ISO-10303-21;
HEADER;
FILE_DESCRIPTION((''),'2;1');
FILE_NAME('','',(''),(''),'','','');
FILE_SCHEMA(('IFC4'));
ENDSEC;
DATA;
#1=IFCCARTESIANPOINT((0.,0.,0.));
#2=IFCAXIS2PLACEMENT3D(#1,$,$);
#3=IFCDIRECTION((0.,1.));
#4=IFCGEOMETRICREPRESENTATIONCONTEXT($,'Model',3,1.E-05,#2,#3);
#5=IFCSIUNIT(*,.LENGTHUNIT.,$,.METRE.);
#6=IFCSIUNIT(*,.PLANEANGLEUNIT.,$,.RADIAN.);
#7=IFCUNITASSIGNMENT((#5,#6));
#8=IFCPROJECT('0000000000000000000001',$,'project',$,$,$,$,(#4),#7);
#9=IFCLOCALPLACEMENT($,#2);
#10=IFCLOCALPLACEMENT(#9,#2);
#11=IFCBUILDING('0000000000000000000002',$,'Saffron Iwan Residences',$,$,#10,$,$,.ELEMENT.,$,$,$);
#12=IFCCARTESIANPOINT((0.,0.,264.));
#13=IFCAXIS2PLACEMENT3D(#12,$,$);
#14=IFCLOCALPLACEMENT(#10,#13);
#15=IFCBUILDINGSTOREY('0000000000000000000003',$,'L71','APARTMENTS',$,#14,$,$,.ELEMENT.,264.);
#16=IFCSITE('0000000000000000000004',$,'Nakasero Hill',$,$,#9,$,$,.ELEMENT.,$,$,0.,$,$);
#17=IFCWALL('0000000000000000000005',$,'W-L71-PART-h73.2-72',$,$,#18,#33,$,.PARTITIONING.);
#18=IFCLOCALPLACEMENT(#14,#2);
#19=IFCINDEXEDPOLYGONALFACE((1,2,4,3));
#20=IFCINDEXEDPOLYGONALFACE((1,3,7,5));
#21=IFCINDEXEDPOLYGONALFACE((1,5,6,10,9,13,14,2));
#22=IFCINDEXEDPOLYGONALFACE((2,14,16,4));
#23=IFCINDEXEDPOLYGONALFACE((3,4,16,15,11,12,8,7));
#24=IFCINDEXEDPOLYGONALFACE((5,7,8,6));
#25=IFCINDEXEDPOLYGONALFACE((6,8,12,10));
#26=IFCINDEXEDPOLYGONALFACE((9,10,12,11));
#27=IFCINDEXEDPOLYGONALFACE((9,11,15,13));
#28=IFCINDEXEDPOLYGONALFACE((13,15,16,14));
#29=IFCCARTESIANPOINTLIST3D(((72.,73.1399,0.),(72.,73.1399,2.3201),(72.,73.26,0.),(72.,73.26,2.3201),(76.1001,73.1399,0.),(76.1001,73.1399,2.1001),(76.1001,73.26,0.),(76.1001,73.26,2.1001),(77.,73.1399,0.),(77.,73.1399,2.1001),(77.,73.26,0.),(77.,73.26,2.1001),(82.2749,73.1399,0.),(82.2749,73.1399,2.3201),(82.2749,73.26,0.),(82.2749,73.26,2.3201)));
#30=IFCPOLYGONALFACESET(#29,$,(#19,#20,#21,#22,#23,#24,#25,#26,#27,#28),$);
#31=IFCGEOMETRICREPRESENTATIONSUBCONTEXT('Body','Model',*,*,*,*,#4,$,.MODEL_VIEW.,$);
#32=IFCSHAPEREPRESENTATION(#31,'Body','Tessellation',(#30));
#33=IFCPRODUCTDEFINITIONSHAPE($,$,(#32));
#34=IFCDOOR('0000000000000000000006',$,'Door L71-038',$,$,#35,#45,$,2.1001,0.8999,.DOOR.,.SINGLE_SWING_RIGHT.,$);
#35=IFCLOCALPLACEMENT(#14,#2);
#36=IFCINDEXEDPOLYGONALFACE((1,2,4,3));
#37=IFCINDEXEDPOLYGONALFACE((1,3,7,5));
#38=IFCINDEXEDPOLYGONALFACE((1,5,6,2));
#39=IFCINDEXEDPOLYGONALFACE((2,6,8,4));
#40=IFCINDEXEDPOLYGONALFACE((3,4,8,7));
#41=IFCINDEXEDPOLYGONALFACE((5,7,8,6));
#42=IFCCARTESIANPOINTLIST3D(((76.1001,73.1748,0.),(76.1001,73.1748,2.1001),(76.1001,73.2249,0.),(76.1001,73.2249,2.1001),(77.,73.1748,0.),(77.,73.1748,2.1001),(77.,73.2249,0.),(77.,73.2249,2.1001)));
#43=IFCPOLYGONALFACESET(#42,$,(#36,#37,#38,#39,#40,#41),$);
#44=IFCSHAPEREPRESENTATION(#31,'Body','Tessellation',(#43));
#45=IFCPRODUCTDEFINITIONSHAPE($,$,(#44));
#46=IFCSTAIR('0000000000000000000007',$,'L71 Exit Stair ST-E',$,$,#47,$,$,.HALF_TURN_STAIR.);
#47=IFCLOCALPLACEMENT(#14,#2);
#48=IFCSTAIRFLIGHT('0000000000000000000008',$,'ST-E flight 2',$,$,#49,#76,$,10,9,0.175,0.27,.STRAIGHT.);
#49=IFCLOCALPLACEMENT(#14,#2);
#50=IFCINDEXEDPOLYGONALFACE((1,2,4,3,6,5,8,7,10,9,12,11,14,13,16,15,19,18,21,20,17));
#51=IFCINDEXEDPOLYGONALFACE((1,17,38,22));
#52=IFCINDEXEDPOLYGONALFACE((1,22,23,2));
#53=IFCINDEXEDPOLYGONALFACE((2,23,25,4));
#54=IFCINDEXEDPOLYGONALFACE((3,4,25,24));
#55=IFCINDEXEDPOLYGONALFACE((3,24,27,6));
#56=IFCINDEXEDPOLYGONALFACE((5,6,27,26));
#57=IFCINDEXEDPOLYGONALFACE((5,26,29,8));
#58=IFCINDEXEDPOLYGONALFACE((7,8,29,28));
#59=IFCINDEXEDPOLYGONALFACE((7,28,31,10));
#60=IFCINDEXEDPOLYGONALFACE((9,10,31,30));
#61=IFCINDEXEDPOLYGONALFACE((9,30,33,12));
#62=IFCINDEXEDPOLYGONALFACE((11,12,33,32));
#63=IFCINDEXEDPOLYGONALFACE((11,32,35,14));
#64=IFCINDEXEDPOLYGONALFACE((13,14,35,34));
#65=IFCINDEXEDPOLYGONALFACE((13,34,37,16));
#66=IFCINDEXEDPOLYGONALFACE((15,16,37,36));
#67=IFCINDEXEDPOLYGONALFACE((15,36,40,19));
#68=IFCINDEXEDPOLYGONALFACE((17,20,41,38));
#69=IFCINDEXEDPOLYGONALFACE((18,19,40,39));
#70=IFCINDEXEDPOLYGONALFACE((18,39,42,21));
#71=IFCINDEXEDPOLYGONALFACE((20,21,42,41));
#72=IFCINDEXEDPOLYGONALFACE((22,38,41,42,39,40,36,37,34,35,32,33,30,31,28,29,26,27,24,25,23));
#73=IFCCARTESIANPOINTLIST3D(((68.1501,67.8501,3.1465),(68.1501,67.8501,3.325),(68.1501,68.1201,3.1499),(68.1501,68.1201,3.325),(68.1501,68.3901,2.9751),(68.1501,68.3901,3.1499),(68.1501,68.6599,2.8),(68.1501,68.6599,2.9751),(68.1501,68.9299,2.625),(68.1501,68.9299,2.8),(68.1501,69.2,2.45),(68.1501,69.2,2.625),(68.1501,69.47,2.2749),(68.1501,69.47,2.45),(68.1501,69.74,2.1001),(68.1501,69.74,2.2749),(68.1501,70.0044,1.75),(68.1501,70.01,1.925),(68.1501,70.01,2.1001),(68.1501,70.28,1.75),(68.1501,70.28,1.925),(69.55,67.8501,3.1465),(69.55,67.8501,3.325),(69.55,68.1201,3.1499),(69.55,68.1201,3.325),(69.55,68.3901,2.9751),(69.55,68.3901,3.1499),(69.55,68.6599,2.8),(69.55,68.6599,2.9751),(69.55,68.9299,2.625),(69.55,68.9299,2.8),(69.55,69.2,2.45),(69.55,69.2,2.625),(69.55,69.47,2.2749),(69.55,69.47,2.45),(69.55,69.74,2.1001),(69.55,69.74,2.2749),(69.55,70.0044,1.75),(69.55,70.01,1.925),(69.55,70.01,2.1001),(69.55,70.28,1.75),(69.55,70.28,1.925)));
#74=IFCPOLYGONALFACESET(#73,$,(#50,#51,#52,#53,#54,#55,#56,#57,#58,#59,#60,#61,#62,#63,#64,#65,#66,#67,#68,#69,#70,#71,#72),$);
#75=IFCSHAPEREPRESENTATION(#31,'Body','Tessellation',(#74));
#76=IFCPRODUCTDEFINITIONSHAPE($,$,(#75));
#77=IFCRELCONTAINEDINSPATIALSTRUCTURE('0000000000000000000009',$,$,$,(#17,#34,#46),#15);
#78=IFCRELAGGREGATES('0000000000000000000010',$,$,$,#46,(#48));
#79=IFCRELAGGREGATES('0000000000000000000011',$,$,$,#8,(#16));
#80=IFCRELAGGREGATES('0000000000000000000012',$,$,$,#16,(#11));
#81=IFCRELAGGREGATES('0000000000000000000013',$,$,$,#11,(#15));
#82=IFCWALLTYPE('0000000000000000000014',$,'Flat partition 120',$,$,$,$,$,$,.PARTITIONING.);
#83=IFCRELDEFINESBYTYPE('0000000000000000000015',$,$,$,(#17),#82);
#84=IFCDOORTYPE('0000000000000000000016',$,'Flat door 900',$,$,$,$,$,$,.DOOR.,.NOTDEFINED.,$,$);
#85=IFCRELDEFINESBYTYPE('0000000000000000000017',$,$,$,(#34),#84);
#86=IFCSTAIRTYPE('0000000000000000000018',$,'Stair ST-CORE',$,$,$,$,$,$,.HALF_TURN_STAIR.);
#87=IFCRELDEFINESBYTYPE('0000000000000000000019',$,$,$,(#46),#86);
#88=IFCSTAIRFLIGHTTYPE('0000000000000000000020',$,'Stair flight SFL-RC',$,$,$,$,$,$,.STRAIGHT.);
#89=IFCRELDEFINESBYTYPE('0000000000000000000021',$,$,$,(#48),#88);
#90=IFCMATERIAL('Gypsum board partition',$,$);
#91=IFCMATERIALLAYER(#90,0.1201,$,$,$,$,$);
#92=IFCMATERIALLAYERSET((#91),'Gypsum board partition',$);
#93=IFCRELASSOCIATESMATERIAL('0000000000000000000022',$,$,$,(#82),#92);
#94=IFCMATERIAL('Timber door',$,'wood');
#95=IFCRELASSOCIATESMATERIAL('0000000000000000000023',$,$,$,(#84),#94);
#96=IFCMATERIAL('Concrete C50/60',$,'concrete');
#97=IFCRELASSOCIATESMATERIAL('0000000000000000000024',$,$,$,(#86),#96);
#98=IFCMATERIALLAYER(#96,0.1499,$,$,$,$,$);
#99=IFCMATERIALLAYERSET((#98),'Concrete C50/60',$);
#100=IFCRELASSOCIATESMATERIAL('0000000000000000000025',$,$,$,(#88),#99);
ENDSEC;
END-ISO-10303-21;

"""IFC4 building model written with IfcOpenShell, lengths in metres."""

from ifc_helpers import new_model, si_unit, direction, frame, frame_2d, origin, place, context, subcontext, project, spatial, polyline, rectangle, outline, extrude, material, layer, layer_set, type_object, element, fill, aggregate, save


model = new_model("IFC4")

# Units and contexts
model_context = context("Model", 3, precision=1e-05, world=origin(), true_north=direction((0.0, 1.0)))
body_context = subcontext(model_context, "Body", "Model", "MODEL_VIEW")
ifc_project = project(units=[si_unit("LENGTHUNIT", "METRE"), si_unit("PLANEANGLEUNIT", "RADIAN")], contexts=[model_context])

# Site, building, storey
site_placement = place(None, origin())
site = spatial("IfcSite", under=ifc_project, at=site_placement, Name="Nakasero Hill", CompositionType="ELEMENT", RefElevation=0.0)
building_placement = place(site_placement, origin())
building = spatial("IfcBuilding", under=site, at=building_placement, Name="Saffron Iwan Residences", CompositionType="ELEMENT")
storey_placement = place(building_placement, frame((0.0, 0.0, 264.0)))
storey = spatial("IfcBuildingStorey", under=building, at=storey_placement, Name="L71", Description="APARTMENTS", CompositionType="ELEMENT", Elevation=264.0)

# Wall, opening, door
ifc_material_1 = material(Name="Gypsum board partition")
ifc_layer_1 = layer(ifc_material_1, 0.1201)
ifc_layer_set_1 = layer_set([ifc_layer_1], Name="Gypsum board partition")
wall_type_1 = type_object("IfcWallType", Name="Flat partition 120", PredefinedType="PARTITIONING", material=ifc_layer_set_1)
wall_1_placement = place(storey_placement, frame((72.0, 73.2, 0.0), z_axis=(0.0, 0.0, 1.0), x_axis=(1.0, 0.0, 0.0)))
wall_1 = element("IfcWall", 1, at=wall_1_placement, inside=storey, type_object=wall_type_1, Name="W-L71-PART-h73.2-72", PredefinedType="PARTITIONING", context=body_context, shape_type="SweptSolid", body=[
    extrude(rectangle(XDim=10.2749, YDim=0.1201, at=frame_2d((5.1375, 0.0))), origin(), (0.0, 0.0, 1.0), 2.3201),
])
opening_1_placement = place(wall_1_placement, frame((4.1001, 0.0, 0.0)))
opening_1 = element("IfcOpeningElement", 2, at=opening_1_placement, cuts=wall_1, PredefinedType="OPENING", context=body_context, shape_type="SweptSolid", body=[
    extrude(rectangle(XDim=0.8999, YDim=2.1001, at=frame_2d((0.45, 1.05))), frame((0.0, 0.0701, 0.0), z_axis=(0.0, -1.0, 0.0), x_axis=(1.0, 0.0, 0.0)), (0.0, 0.0, 1.0), 0.1401),
])
ifc_material_2 = material(Name="Timber door", Category="wood")
door_type_1 = type_object("IfcDoorType", Name="Flat door 900", OperationType="NOTDEFINED", PredefinedType="DOOR", material=ifc_material_2)
door_1_placement = place(opening_1_placement, origin())
door_1 = element("IfcDoor", 3, at=door_1_placement, inside=storey, type_object=door_type_1, Name="Door L71-038", OperationType="SINGLE_SWING_RIGHT", OverallHeight=2.1001, OverallWidth=0.8999, PredefinedType="DOOR", context=body_context, shape_type="SweptSolid", body=[
    extrude(rectangle(XDim=0.8999, YDim=2.1001, at=frame_2d((0.45, 1.05))), frame((0.0, 0.0249, 0.0), z_axis=(0.0, -1.0, 0.0), x_axis=(1.0, 0.0, 0.0)), (0.0, 0.0, 1.0), 0.05),
])
fill(opening_1, door_1)

# Stair, stair flight
ifc_material_3 = material(Name="Concrete C50/60", Category="concrete")
stair_type = type_object("IfcStairType", Name="Stair ST-CORE", PredefinedType="HALF_TURN_STAIR", material=ifc_material_3)
stair_placement = place(storey_placement, origin())
stair = element("IfcStair", 4, at=stair_placement, inside=storey, type_object=stair_type, Name="L71 Exit Stair ST-E", PredefinedType="HALF_TURN_STAIR")
ifc_layer_2 = layer(ifc_material_3, 0.1499)
ifc_layer_set_2 = layer_set([ifc_layer_2], Name="Concrete C50/60")
stair_flight_type = type_object("IfcStairFlightType", Name="Stair flight SFL-RC", PredefinedType="STRAIGHT", material=ifc_layer_set_2)
stair_flight_placement = place(storey_placement, frame((68.8501, 70.28, 1.75), z_axis=(0.0, 0.0, 1.0), x_axis=(0.0, -1.0, 0.0)))
stair_flight = element("IfcStairFlight", 5, at=stair_flight_placement, type_object=stair_flight_type, Name="ST-E flight 2", NumberOfRisers=10, NumberOfTreads=9, PredefinedType="STRAIGHT", RiserHeight=0.175, TreadLength=0.27, context=body_context, shape_type="SweptSolid", body=[
    extrude(outline(polyline([(0.0, 0.0), (0.0, 0.175), (0.27, 0.175), (0.27, 0.3501), (0.54, 0.3501), (0.54, 0.5249), (0.8101, 0.5249), (0.8101, 0.7), (1.0801, 0.7), (1.0801, 0.875), (1.3501, 0.875), (1.3501, 1.05), (1.6201, 1.05), (1.6201, 1.2251), (1.8899, 1.2251), (1.8899, 1.3999), (2.1599, 1.3999), (2.1599, 1.575), (2.4299, 1.575), (2.4299, 1.75), (2.4299, 1.3965), (0.2756, 0.0), (0.0, 0.0)])), frame((0.0, 0.7, 0.0), z_axis=(0.0, -1.0, 0.0), x_axis=(1.0, 0.0, 0.0)), (0.0, 0.0, 1.0), 1.3999),
])
aggregate(stair, [stair_flight])

save(model, "model.ifc")
